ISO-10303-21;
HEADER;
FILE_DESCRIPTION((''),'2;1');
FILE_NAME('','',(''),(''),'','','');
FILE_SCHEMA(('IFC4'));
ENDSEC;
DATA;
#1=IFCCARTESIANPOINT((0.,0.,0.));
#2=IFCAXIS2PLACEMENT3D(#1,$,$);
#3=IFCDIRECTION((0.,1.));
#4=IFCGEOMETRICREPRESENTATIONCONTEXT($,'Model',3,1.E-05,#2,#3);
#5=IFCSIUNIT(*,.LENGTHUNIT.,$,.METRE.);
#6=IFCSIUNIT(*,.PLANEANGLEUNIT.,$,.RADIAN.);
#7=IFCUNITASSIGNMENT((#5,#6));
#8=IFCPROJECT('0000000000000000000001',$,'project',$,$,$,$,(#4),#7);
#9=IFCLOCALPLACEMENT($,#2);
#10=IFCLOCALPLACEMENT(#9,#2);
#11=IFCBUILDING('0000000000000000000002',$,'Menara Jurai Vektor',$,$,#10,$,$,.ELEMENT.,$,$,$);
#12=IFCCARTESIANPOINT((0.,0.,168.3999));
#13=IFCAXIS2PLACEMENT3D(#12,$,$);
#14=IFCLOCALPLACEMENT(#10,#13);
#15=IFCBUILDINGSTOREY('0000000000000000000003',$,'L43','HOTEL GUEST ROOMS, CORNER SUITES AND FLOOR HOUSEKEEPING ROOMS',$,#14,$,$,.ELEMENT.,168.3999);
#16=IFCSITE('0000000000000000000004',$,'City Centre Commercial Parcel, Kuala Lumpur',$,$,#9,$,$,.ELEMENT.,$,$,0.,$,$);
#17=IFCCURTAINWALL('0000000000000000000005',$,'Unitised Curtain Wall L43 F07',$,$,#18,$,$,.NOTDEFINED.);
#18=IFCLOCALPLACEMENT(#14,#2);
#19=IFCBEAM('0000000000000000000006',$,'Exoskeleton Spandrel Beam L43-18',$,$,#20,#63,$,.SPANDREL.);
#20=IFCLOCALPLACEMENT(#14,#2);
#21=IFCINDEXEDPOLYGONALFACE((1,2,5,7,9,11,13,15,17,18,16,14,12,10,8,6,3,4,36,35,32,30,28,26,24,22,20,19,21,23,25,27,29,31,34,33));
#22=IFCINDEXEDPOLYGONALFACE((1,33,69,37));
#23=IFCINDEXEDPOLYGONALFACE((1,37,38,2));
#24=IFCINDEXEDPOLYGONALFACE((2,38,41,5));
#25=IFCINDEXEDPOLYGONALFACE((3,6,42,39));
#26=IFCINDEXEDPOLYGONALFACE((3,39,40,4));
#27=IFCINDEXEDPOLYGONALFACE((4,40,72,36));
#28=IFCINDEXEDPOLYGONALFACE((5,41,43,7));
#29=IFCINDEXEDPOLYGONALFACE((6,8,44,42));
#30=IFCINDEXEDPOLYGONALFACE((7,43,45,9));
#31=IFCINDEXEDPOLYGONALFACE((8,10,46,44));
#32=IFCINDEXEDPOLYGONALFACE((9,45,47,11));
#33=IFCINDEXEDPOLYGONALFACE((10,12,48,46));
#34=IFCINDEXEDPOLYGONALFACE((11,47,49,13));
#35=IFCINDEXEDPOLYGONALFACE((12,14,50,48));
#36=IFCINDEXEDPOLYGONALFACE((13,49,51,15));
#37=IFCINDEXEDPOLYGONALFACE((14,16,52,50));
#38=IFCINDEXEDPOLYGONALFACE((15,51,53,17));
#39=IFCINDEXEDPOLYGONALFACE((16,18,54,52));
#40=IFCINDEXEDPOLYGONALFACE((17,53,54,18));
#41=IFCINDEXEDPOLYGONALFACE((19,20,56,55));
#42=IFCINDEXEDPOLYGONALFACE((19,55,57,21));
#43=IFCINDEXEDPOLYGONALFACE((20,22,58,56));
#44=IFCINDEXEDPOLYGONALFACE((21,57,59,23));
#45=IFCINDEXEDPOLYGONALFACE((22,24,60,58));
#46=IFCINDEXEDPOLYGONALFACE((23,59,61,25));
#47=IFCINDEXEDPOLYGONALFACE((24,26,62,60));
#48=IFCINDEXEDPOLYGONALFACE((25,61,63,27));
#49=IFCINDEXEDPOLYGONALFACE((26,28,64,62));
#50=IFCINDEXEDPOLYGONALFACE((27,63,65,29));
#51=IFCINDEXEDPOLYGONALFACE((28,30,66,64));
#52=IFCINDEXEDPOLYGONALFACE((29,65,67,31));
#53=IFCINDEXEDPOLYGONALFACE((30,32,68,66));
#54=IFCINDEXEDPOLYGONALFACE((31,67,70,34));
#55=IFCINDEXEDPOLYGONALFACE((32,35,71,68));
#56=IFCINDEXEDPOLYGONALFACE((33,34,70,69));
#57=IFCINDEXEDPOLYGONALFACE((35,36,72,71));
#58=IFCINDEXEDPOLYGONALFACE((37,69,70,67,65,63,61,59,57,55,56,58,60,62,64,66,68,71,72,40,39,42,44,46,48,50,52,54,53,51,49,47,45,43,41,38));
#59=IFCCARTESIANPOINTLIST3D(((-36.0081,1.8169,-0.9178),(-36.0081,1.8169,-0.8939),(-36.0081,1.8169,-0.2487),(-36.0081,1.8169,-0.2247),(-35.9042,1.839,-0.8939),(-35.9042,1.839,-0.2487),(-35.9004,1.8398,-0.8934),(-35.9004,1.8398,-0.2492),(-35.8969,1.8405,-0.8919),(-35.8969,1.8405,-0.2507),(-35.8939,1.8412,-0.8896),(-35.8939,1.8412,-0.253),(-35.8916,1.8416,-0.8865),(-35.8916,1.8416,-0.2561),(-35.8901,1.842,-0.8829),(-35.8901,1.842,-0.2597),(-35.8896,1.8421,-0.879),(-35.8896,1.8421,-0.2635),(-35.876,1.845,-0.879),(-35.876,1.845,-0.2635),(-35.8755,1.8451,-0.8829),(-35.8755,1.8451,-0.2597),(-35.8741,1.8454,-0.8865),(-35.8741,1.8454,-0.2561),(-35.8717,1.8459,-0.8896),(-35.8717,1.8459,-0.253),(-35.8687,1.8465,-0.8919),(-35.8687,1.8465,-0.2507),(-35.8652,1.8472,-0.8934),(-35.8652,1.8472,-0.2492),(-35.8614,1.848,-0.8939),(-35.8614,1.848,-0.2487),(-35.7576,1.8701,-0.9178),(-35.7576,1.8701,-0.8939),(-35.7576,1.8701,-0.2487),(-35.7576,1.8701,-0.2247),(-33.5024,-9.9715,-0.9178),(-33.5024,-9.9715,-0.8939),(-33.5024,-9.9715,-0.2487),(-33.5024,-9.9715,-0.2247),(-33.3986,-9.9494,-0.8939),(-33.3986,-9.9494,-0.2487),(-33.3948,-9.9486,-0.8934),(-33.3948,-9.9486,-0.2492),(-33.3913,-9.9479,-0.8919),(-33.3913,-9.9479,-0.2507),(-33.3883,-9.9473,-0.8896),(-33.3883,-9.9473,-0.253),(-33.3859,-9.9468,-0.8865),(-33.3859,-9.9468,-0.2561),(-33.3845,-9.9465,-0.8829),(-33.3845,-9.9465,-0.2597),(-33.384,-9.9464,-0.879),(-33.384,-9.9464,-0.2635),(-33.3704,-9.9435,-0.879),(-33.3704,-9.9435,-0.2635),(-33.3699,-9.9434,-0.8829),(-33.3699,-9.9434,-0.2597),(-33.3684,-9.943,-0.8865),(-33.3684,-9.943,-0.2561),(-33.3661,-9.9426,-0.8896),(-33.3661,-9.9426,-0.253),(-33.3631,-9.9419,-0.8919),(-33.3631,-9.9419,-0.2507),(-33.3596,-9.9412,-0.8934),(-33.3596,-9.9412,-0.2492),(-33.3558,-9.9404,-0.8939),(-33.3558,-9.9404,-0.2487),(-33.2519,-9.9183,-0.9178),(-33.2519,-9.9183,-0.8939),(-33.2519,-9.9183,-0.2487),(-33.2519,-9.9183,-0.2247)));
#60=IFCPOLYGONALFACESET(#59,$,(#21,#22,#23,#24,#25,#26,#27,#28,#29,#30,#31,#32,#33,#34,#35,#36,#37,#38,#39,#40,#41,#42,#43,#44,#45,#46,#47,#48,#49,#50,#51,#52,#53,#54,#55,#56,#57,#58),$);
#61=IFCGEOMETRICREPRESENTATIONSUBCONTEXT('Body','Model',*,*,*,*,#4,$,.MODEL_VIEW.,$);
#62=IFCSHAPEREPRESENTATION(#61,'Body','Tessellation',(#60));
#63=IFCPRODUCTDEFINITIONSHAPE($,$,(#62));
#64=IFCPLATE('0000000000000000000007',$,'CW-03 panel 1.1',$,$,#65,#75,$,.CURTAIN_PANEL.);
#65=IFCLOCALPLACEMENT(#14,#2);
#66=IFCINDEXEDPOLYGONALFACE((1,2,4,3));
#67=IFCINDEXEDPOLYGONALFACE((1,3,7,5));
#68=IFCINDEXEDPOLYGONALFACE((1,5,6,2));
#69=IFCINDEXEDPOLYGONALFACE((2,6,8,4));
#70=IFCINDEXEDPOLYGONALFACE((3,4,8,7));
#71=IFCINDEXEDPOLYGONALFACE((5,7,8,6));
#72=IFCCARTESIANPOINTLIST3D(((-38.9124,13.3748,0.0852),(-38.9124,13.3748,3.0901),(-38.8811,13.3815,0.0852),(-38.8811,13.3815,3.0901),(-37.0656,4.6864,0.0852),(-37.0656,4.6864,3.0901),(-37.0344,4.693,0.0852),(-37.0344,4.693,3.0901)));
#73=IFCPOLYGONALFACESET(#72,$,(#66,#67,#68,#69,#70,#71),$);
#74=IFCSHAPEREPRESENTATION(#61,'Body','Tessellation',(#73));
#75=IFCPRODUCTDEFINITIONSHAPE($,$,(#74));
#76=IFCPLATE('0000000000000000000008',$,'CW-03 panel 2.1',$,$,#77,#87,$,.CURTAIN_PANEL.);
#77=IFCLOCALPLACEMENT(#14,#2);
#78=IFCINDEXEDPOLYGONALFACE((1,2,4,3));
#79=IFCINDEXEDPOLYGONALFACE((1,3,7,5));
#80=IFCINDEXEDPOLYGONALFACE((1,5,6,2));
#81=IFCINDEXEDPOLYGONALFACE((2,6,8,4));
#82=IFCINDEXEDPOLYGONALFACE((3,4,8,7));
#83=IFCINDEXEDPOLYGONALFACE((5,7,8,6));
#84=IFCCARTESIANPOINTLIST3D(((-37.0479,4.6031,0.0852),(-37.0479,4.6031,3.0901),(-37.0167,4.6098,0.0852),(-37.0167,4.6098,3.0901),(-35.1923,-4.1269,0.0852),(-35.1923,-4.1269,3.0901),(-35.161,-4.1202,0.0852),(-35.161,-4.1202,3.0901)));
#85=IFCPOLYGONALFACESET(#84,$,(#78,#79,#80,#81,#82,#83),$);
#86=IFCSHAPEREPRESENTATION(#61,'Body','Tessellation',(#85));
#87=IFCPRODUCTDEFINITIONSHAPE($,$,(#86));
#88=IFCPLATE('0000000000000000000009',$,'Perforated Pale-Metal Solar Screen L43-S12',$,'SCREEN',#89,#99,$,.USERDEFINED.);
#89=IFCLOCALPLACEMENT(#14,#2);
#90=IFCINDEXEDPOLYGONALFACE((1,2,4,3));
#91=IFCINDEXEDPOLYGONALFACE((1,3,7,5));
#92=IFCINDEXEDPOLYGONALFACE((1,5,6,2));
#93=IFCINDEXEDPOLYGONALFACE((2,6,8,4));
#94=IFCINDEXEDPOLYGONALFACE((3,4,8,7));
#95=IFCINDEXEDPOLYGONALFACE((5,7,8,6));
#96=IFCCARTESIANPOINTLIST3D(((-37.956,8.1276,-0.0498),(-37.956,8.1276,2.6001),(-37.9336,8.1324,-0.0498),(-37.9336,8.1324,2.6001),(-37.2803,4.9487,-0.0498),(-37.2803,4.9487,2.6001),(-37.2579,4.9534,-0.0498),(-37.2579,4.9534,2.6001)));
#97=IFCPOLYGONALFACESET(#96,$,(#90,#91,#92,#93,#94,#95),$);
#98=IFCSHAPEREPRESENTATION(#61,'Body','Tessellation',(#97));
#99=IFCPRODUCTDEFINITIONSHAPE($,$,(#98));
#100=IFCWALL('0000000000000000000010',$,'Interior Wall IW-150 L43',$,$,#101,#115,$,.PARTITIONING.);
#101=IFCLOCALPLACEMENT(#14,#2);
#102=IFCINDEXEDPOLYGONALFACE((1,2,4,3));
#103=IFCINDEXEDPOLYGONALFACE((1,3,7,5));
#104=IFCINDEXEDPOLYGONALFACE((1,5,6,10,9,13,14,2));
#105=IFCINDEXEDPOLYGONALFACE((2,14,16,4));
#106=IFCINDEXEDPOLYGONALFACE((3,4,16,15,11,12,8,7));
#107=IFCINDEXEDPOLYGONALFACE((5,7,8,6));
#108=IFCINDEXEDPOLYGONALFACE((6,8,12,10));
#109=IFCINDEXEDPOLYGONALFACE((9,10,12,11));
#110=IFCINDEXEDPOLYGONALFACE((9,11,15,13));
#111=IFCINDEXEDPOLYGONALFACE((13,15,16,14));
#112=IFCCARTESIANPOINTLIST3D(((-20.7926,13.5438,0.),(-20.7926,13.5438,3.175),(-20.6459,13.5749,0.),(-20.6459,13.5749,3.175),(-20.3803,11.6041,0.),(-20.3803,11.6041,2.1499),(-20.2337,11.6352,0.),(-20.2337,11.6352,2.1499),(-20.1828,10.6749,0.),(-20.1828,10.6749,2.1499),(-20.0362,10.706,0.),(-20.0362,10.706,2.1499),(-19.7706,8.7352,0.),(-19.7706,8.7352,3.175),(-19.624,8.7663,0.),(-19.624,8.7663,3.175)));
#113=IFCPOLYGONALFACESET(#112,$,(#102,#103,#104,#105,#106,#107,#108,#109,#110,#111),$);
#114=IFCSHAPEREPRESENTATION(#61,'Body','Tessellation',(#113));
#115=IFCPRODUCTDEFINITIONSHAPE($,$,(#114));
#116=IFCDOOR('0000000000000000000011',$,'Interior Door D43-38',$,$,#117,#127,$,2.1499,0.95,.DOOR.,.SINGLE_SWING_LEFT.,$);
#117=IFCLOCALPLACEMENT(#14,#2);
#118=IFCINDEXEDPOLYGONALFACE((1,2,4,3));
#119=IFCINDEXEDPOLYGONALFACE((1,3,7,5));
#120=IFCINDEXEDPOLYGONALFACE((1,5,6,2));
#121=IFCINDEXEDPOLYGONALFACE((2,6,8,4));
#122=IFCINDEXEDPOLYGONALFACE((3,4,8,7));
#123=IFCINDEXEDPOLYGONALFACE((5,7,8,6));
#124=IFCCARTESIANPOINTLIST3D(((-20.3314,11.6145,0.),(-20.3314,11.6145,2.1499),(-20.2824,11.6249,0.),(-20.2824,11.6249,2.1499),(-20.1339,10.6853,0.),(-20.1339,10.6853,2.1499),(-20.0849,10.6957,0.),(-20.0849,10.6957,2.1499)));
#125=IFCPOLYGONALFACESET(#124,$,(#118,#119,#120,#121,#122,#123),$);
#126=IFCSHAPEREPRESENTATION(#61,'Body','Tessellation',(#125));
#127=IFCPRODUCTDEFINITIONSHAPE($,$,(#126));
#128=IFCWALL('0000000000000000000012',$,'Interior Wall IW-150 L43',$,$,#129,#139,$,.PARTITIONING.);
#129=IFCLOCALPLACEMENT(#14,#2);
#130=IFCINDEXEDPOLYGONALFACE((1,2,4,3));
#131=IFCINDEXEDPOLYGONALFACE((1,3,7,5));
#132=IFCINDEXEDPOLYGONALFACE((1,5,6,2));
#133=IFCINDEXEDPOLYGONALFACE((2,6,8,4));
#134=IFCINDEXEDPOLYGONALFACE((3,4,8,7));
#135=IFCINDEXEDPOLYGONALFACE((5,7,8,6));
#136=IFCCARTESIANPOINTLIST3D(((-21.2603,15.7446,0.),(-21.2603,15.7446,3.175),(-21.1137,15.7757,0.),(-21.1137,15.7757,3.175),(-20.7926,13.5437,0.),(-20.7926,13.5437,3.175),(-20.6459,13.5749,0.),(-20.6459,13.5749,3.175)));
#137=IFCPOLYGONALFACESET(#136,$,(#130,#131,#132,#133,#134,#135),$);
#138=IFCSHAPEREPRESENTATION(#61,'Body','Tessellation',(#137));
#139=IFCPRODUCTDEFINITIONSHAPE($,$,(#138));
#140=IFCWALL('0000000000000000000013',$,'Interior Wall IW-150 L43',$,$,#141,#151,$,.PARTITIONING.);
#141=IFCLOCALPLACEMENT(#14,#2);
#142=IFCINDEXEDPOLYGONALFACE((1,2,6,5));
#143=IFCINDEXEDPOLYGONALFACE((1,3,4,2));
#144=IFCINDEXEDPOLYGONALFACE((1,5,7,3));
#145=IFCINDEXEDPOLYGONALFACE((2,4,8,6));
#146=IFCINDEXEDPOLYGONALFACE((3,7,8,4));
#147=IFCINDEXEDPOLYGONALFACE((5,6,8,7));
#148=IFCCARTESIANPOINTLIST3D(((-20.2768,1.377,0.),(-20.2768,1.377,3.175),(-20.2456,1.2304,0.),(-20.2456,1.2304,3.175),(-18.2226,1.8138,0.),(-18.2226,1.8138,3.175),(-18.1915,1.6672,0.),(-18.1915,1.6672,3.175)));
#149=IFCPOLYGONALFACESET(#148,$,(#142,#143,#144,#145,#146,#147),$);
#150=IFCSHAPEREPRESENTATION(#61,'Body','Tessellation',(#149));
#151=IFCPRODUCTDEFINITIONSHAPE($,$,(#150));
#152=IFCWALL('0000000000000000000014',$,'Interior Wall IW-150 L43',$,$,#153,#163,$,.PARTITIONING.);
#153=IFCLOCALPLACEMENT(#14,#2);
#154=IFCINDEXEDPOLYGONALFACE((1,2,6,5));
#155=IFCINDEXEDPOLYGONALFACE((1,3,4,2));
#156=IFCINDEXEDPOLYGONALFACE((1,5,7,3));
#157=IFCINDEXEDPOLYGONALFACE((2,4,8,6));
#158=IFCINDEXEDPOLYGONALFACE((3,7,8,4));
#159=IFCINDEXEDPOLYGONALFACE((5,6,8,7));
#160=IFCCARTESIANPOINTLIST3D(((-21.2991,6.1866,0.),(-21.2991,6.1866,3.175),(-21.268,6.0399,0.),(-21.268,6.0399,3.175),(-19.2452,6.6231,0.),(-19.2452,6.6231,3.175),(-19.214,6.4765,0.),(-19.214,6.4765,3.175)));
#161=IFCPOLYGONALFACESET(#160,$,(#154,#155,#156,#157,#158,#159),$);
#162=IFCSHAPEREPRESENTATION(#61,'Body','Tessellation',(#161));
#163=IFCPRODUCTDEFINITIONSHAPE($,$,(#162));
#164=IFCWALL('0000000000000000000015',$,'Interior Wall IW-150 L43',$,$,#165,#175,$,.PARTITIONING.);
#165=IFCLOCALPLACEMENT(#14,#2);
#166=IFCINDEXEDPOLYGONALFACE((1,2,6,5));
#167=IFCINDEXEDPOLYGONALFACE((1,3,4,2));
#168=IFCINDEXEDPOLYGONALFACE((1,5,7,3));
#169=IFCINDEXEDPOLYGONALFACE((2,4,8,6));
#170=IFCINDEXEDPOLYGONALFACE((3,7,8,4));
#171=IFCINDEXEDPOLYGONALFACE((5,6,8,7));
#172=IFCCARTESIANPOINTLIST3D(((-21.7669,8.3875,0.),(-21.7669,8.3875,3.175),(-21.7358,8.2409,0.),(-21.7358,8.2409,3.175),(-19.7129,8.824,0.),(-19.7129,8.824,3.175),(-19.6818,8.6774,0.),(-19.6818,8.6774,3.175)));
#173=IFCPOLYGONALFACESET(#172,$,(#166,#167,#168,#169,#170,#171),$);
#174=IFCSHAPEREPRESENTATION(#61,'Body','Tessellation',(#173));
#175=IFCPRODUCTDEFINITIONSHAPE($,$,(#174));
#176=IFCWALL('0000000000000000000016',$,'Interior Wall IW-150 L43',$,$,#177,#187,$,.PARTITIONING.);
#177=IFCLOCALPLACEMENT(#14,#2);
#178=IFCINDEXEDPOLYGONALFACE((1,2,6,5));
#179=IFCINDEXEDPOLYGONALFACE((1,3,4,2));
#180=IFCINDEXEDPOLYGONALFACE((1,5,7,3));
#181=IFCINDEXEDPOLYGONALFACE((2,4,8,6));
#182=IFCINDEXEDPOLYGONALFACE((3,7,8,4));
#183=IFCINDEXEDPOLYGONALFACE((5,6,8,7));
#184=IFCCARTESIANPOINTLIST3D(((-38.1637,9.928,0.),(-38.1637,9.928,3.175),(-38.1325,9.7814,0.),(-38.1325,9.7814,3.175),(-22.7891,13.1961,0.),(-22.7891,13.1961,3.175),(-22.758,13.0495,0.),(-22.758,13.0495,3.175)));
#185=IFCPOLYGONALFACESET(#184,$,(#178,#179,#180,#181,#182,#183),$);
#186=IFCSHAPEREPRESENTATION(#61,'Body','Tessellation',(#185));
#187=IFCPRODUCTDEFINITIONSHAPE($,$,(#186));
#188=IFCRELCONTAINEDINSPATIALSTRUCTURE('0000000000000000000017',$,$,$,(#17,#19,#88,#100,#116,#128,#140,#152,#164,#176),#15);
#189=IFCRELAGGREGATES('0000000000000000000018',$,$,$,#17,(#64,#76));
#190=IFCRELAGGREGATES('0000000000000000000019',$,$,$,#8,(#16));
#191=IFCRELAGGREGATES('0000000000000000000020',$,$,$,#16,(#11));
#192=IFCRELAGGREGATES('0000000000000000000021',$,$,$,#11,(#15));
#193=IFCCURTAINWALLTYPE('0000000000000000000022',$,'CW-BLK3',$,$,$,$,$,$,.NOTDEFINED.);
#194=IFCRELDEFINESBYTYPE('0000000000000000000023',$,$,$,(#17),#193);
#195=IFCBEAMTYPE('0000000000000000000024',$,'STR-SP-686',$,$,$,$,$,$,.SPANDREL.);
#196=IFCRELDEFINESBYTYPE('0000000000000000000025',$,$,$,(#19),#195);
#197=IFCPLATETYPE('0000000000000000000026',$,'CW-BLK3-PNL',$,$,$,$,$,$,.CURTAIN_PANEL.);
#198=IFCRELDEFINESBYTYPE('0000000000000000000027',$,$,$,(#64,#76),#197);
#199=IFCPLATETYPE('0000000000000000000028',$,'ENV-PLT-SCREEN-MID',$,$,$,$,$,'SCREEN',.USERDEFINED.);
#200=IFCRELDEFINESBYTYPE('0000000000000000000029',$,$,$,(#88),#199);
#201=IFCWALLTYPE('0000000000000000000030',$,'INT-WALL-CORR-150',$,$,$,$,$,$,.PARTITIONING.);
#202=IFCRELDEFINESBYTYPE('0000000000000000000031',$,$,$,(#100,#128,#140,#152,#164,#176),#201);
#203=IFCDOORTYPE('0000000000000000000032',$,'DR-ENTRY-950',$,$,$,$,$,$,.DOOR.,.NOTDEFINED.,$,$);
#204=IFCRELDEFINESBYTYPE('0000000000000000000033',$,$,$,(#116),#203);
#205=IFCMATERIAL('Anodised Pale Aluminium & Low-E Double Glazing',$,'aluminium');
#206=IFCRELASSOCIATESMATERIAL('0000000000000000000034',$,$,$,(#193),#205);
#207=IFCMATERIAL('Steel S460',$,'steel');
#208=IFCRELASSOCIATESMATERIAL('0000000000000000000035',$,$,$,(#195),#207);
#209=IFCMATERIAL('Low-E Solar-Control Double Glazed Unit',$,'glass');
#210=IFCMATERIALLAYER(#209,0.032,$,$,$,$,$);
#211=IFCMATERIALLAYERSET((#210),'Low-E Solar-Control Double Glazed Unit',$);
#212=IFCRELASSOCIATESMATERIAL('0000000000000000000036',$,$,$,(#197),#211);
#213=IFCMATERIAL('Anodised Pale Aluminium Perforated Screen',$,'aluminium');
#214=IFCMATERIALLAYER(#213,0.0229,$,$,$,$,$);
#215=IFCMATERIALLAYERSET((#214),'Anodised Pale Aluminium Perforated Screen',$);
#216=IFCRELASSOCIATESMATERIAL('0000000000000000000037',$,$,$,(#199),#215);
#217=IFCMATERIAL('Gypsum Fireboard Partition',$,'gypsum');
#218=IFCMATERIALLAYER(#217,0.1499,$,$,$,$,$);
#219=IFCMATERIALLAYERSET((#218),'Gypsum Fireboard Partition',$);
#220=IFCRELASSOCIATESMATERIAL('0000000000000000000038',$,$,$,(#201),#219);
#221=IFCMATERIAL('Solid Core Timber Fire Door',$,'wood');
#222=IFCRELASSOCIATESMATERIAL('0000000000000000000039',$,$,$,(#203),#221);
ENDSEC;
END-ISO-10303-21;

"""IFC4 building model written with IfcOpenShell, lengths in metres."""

from ifc_helpers import new_model, si_unit, direction, frame, frame_2d, origin, origin_2d, place, context, subcontext, project, spatial, rectangle, i_section, extrude, material, layer, layer_set, material_profile, profile_set, type_object, element, fill, aggregate, save


model = new_model("IFC4")

# Units and contexts
model_context = context("Model", 3, precision=1e-05, world=origin(), true_north=direction((0.0, 1.0)))
body_context = subcontext(model_context, "Body", "Model", "MODEL_VIEW")
ifc_project = project(units=[si_unit("LENGTHUNIT", "METRE"), si_unit("PLANEANGLEUNIT", "RADIAN")], contexts=[model_context])

# Site, building, storey
site_placement = place(None, origin())
site = spatial("IfcSite", under=ifc_project, at=site_placement, Name="City Centre Commercial Parcel, Kuala Lumpur", CompositionType="ELEMENT", RefElevation=0.0)
building_placement = place(site_placement, origin())
building = spatial("IfcBuilding", under=site, at=building_placement, Name="Menara Jurai Vektor", CompositionType="ELEMENT")
storey_placement = place(building_placement, frame((0.0, 0.0, 168.3999)))
storey = spatial("IfcBuildingStorey", under=building, at=storey_placement, Name="L43", Description="HOTEL GUEST ROOMS, CORNER SUITES AND FLOOR HOUSEKEEPING ROOMS", CompositionType="ELEMENT", Elevation=168.3999)

# Shared definitions
ifc_material_1 = material(Name="Steel S460", Category="steel")

# Curtain wall
ifc_material_2 = material(Name="Anodised Pale Aluminium & Low-E Double Glazing", Category="aluminium")
curtain_wall_type = type_object("IfcCurtainWallType", Name="CW-BLK3", PredefinedType="NOTDEFINED", material=ifc_material_2)
curtain_wall_placement = place(storey_placement, origin())
curtain_wall = element("IfcCurtainWall", 1, at=curtain_wall_placement, inside=storey, type_object=curtain_wall_type, Name="Unitised Curtain Wall L43 F07", PredefinedType="NOTDEFINED")

# Beam
ifc_material_profile_1 = material_profile(ifc_material_1, i_section(OverallWidth=0.2561, OverallDepth=0.6931, WebThickness=0.0139, FlangeThickness=0.0239, FilletRadius=0.0149, at=origin_2d()), Name="UKB 686x254x170")
ifc_profile_set_1 = profile_set([ifc_material_profile_1], Name="Steel S460")
beam_type_1 = type_object("IfcBeamType", Name="STR-SP-686", PredefinedType="SPANDREL", material=ifc_profile_set_1)
beam_1_placement = place(storey_placement, frame((-35.8828, 1.8435, -0.5713), z_axis=(0.207906, -0.978149, 0.0), x_axis=(0.978149, 0.207906, 0.0)))
element("IfcBeam", 2, at=beam_1_placement, inside=storey, type_object=beam_type_1, Name="Exoskeleton Spandrel Beam L43-18", PredefinedType="SPANDREL", context=body_context, shape_type="SweptSolid", body=[
    extrude(i_section(OverallWidth=0.2561, OverallDepth=0.6931, WebThickness=0.0139, FlangeThickness=0.0239, FilletRadius=0.0149, at=origin_2d()), origin(), (0.0, 0.0, 1.0), 12.0518),
])

# Plates
ifc_material_3 = material(Name="Low-E Solar-Control Double Glazed Unit", Category="glass")
ifc_layer_1 = layer(ifc_material_3, 0.032)
ifc_layer_set_1 = layer_set([ifc_layer_1], Name="Low-E Solar-Control Double Glazed Unit")
plate_type_1 = type_object("IfcPlateType", Name="CW-BLK3-PNL", PredefinedType="CURTAIN_PANEL", material=ifc_layer_set_1)
plate_1_placement = place(storey_placement, frame((-37.9734, 9.0339, 0.0852), z_axis=(0.0, 0.0, 1.0), x_axis=(0.20791, -0.978148, 0.0)))
plate_1 = element("IfcPlate", 3, at=plate_1_placement, type_object=plate_type_1, Name="CW-03 panel 1.1", PredefinedType="CURTAIN_PANEL", context=body_context, shape_type="SweptSolid", body=[
    extrude(rectangle(XDim=8.8826, YDim=0.032, at=origin_2d()), origin(), (0.0, 0.0, 1.0), 3.0049),
])
plate_2_placement = place(storey_placement, frame((-36.1045, 0.2415, 0.0852), z_axis=(0.0, 0.0, 1.0), x_axis=(0.20791, -0.978148, 0.0)))
plate_2 = element("IfcPlate", 4, at=plate_2_placement, type_object=plate_type_1, Name="CW-03 panel 2.1", PredefinedType="CURTAIN_PANEL", context=body_context, shape_type="SweptSolid", body=[
    extrude(rectangle(XDim=8.925, YDim=0.032, at=origin_2d()), origin(), (0.0, 0.0, 1.0), 3.0049),
])
aggregate(curtain_wall, [plate_1, plate_2])
ifc_material_4 = material(Name="Anodised Pale Aluminium Perforated Screen", Category="aluminium")
ifc_layer_2 = layer(ifc_material_4, 0.0229)
ifc_layer_set_2 = layer_set([ifc_layer_2], Name="Anodised Pale Aluminium Perforated Screen")
plate_type_2 = type_object("IfcPlateType", Name="ENV-PLT-SCREEN-MID", ElementType="SCREEN", PredefinedType="USERDEFINED", material=ifc_layer_set_2)
plate_3_placement = place(storey_placement, frame((-37.6069, 6.5405, -0.0498), z_axis=(0.0, 0.0, 1.0), x_axis=(0.207912, -0.978148, 0.0)))
element("IfcPlate", 5, at=plate_3_placement, inside=storey, type_object=plate_type_2, Name="Perforated Pale-Metal Solar Screen L43-S12", ObjectType="SCREEN", PredefinedType="USERDEFINED", context=body_context, shape_type="SweptSolid", body=[
    extrude(rectangle(XDim=3.25, YDim=0.0229, at=origin_2d()), origin(), (0.0, 0.0, 1.0), 2.6499),
])

# Wall, opening, door
ifc_material_5 = material(Name="Gypsum Fireboard Partition", Category="gypsum")
ifc_layer_3 = layer(ifc_material_5, 0.1499)
ifc_layer_set_3 = layer_set([ifc_layer_3], Name="Gypsum Fireboard Partition")
wall_type_1 = type_object("IfcWallType", Name="INT-WALL-CORR-150", PredefinedType="PARTITIONING", material=ifc_layer_set_3)
wall_1_placement = place(storey_placement, frame((-19.6973, 8.7507, 0.0), z_axis=(0.0, 0.0, 1.0), x_axis=(-0.207887, 0.978153, 0.0)))
wall_1 = element("IfcWall", 6, at=wall_1_placement, inside=storey, type_object=wall_type_1, Name="Interior Wall IW-150 L43", PredefinedType="PARTITIONING", context=body_context, shape_type="SweptSolid", body=[
    extrude(rectangle(XDim=4.916, YDim=0.1499, at=frame_2d((2.458, 0.0))), origin(), (0.0, 0.0, 1.0), 3.175),
])
opening_1_placement = place(wall_1_placement, frame((1.9829, 0.0, 0.0)))
opening_1 = element("IfcOpeningElement", 7, at=opening_1_placement, cuts=wall_1, PredefinedType="OPENING", context=body_context, shape_type="SweptSolid", body=[
    extrude(rectangle(XDim=0.95, YDim=2.1499, at=frame_2d((0.4751, 1.075))), frame((0.0, 0.085, 0.0), z_axis=(0.0, -1.0, 0.0), x_axis=(1.0, 0.0, 0.0)), (0.0, 0.0, 1.0), 0.1699),
])
ifc_material_6 = material(Name="Solid Core Timber Fire Door", Category="wood")
door_type_1 = type_object("IfcDoorType", Name="DR-ENTRY-950", OperationType="NOTDEFINED", PredefinedType="DOOR", material=ifc_material_6)
door_1_placement = place(opening_1_placement, origin())
door_1 = element("IfcDoor", 8, at=door_1_placement, inside=storey, type_object=door_type_1, Name="Interior Door D43-38", OperationType="SINGLE_SWING_LEFT", OverallHeight=2.1499, OverallWidth=0.95, PredefinedType="DOOR", context=body_context, shape_type="SweptSolid", body=[
    extrude(rectangle(XDim=0.95, YDim=2.1499, at=frame_2d((0.4751, 1.075))), frame((0.0, 0.0249, 0.0), z_axis=(0.0, -1.0, 0.0), x_axis=(1.0, 0.0, 0.0)), (0.0, 0.0, 1.0), 0.05),
])
fill(opening_1, door_1)

# Wall
wall_2_placement = place(storey_placement, frame((-20.7192, 13.5593, 0.0), z_axis=(0.0, 0.0, 1.0), x_axis=(-0.207891, 0.978152, 0.0)))
element("IfcWall", 9, at=wall_2_placement, inside=storey, type_object=wall_type_1, Name="Interior Wall IW-150 L43", PredefinedType="PARTITIONING", context=body_context, shape_type="SweptSolid", body=[
    extrude(rectangle(XDim=2.25, YDim=0.1499, at=frame_2d((1.125, 0.0))), origin(), (0.0, 0.0, 1.0), 3.175),
])

# Walls
wall_3_placement = place(storey_placement, frame((-20.2612, 1.3037, 0.0), z_axis=(0.0, 0.0, 1.0), x_axis=(0.978135, 0.207973, 0.0)))
element("IfcWall", 10, at=wall_3_placement, inside=storey, type_object=wall_type_1, Name="Interior Wall IW-150 L43", PredefinedType="PARTITIONING", context=body_context, shape_type="SweptSolid", body=[
    extrude(rectangle(XDim=2.1001, YDim=0.1499, at=frame_2d((1.05, 0.0))), origin(), (0.0, 0.0, 1.0), 3.175),
])
wall_4_placement = place(storey_placement, frame((-21.2834, 6.1133, 0.0), z_axis=(0.0, 0.0, 1.0), x_axis=(0.978153, 0.207885, 0.0)))
element("IfcWall", 11, at=wall_4_placement, inside=storey, type_object=wall_type_1, Name="Interior Wall IW-150 L43", PredefinedType="PARTITIONING", context=body_context, shape_type="SweptSolid", body=[
    extrude(rectangle(XDim=2.0999, YDim=0.1499, at=frame_2d((1.0498, 0.0))), origin(), (0.0, 0.0, 1.0), 3.175),
])

# Walls
wall_5_placement = place(storey_placement, frame((-21.7512, 8.3142, 0.0), z_axis=(0.0, 0.0, 1.0), x_axis=(0.978153, 0.207885, 0.0)))
element("IfcWall", 12, at=wall_5_placement, inside=storey, type_object=wall_type_1, Name="Interior Wall IW-150 L43", PredefinedType="PARTITIONING", context=body_context, shape_type="SweptSolid", body=[
    extrude(rectangle(XDim=2.0999, YDim=0.1499, at=frame_2d((1.0498, 0.0))), origin(), (0.0, 0.0, 1.0), 3.175),
])
wall_6_placement = place(storey_placement, frame((-38.1479, 9.8547, 0.0), z_axis=(0.0, 0.0, 1.0), x_axis=(0.978146, 0.207919, 0.0)))
element("IfcWall", 13, at=wall_6_placement, inside=storey, type_object=wall_type_1, Name="Interior Wall IW-150 L43", PredefinedType="PARTITIONING", context=body_context, shape_type="SweptSolid", body=[
    extrude(rectangle(XDim=15.718, YDim=0.1499, at=frame_2d((7.8589, 0.0))), origin(), (0.0, 0.0, 1.0), 3.175),
])

save(model, "model.ifc")
